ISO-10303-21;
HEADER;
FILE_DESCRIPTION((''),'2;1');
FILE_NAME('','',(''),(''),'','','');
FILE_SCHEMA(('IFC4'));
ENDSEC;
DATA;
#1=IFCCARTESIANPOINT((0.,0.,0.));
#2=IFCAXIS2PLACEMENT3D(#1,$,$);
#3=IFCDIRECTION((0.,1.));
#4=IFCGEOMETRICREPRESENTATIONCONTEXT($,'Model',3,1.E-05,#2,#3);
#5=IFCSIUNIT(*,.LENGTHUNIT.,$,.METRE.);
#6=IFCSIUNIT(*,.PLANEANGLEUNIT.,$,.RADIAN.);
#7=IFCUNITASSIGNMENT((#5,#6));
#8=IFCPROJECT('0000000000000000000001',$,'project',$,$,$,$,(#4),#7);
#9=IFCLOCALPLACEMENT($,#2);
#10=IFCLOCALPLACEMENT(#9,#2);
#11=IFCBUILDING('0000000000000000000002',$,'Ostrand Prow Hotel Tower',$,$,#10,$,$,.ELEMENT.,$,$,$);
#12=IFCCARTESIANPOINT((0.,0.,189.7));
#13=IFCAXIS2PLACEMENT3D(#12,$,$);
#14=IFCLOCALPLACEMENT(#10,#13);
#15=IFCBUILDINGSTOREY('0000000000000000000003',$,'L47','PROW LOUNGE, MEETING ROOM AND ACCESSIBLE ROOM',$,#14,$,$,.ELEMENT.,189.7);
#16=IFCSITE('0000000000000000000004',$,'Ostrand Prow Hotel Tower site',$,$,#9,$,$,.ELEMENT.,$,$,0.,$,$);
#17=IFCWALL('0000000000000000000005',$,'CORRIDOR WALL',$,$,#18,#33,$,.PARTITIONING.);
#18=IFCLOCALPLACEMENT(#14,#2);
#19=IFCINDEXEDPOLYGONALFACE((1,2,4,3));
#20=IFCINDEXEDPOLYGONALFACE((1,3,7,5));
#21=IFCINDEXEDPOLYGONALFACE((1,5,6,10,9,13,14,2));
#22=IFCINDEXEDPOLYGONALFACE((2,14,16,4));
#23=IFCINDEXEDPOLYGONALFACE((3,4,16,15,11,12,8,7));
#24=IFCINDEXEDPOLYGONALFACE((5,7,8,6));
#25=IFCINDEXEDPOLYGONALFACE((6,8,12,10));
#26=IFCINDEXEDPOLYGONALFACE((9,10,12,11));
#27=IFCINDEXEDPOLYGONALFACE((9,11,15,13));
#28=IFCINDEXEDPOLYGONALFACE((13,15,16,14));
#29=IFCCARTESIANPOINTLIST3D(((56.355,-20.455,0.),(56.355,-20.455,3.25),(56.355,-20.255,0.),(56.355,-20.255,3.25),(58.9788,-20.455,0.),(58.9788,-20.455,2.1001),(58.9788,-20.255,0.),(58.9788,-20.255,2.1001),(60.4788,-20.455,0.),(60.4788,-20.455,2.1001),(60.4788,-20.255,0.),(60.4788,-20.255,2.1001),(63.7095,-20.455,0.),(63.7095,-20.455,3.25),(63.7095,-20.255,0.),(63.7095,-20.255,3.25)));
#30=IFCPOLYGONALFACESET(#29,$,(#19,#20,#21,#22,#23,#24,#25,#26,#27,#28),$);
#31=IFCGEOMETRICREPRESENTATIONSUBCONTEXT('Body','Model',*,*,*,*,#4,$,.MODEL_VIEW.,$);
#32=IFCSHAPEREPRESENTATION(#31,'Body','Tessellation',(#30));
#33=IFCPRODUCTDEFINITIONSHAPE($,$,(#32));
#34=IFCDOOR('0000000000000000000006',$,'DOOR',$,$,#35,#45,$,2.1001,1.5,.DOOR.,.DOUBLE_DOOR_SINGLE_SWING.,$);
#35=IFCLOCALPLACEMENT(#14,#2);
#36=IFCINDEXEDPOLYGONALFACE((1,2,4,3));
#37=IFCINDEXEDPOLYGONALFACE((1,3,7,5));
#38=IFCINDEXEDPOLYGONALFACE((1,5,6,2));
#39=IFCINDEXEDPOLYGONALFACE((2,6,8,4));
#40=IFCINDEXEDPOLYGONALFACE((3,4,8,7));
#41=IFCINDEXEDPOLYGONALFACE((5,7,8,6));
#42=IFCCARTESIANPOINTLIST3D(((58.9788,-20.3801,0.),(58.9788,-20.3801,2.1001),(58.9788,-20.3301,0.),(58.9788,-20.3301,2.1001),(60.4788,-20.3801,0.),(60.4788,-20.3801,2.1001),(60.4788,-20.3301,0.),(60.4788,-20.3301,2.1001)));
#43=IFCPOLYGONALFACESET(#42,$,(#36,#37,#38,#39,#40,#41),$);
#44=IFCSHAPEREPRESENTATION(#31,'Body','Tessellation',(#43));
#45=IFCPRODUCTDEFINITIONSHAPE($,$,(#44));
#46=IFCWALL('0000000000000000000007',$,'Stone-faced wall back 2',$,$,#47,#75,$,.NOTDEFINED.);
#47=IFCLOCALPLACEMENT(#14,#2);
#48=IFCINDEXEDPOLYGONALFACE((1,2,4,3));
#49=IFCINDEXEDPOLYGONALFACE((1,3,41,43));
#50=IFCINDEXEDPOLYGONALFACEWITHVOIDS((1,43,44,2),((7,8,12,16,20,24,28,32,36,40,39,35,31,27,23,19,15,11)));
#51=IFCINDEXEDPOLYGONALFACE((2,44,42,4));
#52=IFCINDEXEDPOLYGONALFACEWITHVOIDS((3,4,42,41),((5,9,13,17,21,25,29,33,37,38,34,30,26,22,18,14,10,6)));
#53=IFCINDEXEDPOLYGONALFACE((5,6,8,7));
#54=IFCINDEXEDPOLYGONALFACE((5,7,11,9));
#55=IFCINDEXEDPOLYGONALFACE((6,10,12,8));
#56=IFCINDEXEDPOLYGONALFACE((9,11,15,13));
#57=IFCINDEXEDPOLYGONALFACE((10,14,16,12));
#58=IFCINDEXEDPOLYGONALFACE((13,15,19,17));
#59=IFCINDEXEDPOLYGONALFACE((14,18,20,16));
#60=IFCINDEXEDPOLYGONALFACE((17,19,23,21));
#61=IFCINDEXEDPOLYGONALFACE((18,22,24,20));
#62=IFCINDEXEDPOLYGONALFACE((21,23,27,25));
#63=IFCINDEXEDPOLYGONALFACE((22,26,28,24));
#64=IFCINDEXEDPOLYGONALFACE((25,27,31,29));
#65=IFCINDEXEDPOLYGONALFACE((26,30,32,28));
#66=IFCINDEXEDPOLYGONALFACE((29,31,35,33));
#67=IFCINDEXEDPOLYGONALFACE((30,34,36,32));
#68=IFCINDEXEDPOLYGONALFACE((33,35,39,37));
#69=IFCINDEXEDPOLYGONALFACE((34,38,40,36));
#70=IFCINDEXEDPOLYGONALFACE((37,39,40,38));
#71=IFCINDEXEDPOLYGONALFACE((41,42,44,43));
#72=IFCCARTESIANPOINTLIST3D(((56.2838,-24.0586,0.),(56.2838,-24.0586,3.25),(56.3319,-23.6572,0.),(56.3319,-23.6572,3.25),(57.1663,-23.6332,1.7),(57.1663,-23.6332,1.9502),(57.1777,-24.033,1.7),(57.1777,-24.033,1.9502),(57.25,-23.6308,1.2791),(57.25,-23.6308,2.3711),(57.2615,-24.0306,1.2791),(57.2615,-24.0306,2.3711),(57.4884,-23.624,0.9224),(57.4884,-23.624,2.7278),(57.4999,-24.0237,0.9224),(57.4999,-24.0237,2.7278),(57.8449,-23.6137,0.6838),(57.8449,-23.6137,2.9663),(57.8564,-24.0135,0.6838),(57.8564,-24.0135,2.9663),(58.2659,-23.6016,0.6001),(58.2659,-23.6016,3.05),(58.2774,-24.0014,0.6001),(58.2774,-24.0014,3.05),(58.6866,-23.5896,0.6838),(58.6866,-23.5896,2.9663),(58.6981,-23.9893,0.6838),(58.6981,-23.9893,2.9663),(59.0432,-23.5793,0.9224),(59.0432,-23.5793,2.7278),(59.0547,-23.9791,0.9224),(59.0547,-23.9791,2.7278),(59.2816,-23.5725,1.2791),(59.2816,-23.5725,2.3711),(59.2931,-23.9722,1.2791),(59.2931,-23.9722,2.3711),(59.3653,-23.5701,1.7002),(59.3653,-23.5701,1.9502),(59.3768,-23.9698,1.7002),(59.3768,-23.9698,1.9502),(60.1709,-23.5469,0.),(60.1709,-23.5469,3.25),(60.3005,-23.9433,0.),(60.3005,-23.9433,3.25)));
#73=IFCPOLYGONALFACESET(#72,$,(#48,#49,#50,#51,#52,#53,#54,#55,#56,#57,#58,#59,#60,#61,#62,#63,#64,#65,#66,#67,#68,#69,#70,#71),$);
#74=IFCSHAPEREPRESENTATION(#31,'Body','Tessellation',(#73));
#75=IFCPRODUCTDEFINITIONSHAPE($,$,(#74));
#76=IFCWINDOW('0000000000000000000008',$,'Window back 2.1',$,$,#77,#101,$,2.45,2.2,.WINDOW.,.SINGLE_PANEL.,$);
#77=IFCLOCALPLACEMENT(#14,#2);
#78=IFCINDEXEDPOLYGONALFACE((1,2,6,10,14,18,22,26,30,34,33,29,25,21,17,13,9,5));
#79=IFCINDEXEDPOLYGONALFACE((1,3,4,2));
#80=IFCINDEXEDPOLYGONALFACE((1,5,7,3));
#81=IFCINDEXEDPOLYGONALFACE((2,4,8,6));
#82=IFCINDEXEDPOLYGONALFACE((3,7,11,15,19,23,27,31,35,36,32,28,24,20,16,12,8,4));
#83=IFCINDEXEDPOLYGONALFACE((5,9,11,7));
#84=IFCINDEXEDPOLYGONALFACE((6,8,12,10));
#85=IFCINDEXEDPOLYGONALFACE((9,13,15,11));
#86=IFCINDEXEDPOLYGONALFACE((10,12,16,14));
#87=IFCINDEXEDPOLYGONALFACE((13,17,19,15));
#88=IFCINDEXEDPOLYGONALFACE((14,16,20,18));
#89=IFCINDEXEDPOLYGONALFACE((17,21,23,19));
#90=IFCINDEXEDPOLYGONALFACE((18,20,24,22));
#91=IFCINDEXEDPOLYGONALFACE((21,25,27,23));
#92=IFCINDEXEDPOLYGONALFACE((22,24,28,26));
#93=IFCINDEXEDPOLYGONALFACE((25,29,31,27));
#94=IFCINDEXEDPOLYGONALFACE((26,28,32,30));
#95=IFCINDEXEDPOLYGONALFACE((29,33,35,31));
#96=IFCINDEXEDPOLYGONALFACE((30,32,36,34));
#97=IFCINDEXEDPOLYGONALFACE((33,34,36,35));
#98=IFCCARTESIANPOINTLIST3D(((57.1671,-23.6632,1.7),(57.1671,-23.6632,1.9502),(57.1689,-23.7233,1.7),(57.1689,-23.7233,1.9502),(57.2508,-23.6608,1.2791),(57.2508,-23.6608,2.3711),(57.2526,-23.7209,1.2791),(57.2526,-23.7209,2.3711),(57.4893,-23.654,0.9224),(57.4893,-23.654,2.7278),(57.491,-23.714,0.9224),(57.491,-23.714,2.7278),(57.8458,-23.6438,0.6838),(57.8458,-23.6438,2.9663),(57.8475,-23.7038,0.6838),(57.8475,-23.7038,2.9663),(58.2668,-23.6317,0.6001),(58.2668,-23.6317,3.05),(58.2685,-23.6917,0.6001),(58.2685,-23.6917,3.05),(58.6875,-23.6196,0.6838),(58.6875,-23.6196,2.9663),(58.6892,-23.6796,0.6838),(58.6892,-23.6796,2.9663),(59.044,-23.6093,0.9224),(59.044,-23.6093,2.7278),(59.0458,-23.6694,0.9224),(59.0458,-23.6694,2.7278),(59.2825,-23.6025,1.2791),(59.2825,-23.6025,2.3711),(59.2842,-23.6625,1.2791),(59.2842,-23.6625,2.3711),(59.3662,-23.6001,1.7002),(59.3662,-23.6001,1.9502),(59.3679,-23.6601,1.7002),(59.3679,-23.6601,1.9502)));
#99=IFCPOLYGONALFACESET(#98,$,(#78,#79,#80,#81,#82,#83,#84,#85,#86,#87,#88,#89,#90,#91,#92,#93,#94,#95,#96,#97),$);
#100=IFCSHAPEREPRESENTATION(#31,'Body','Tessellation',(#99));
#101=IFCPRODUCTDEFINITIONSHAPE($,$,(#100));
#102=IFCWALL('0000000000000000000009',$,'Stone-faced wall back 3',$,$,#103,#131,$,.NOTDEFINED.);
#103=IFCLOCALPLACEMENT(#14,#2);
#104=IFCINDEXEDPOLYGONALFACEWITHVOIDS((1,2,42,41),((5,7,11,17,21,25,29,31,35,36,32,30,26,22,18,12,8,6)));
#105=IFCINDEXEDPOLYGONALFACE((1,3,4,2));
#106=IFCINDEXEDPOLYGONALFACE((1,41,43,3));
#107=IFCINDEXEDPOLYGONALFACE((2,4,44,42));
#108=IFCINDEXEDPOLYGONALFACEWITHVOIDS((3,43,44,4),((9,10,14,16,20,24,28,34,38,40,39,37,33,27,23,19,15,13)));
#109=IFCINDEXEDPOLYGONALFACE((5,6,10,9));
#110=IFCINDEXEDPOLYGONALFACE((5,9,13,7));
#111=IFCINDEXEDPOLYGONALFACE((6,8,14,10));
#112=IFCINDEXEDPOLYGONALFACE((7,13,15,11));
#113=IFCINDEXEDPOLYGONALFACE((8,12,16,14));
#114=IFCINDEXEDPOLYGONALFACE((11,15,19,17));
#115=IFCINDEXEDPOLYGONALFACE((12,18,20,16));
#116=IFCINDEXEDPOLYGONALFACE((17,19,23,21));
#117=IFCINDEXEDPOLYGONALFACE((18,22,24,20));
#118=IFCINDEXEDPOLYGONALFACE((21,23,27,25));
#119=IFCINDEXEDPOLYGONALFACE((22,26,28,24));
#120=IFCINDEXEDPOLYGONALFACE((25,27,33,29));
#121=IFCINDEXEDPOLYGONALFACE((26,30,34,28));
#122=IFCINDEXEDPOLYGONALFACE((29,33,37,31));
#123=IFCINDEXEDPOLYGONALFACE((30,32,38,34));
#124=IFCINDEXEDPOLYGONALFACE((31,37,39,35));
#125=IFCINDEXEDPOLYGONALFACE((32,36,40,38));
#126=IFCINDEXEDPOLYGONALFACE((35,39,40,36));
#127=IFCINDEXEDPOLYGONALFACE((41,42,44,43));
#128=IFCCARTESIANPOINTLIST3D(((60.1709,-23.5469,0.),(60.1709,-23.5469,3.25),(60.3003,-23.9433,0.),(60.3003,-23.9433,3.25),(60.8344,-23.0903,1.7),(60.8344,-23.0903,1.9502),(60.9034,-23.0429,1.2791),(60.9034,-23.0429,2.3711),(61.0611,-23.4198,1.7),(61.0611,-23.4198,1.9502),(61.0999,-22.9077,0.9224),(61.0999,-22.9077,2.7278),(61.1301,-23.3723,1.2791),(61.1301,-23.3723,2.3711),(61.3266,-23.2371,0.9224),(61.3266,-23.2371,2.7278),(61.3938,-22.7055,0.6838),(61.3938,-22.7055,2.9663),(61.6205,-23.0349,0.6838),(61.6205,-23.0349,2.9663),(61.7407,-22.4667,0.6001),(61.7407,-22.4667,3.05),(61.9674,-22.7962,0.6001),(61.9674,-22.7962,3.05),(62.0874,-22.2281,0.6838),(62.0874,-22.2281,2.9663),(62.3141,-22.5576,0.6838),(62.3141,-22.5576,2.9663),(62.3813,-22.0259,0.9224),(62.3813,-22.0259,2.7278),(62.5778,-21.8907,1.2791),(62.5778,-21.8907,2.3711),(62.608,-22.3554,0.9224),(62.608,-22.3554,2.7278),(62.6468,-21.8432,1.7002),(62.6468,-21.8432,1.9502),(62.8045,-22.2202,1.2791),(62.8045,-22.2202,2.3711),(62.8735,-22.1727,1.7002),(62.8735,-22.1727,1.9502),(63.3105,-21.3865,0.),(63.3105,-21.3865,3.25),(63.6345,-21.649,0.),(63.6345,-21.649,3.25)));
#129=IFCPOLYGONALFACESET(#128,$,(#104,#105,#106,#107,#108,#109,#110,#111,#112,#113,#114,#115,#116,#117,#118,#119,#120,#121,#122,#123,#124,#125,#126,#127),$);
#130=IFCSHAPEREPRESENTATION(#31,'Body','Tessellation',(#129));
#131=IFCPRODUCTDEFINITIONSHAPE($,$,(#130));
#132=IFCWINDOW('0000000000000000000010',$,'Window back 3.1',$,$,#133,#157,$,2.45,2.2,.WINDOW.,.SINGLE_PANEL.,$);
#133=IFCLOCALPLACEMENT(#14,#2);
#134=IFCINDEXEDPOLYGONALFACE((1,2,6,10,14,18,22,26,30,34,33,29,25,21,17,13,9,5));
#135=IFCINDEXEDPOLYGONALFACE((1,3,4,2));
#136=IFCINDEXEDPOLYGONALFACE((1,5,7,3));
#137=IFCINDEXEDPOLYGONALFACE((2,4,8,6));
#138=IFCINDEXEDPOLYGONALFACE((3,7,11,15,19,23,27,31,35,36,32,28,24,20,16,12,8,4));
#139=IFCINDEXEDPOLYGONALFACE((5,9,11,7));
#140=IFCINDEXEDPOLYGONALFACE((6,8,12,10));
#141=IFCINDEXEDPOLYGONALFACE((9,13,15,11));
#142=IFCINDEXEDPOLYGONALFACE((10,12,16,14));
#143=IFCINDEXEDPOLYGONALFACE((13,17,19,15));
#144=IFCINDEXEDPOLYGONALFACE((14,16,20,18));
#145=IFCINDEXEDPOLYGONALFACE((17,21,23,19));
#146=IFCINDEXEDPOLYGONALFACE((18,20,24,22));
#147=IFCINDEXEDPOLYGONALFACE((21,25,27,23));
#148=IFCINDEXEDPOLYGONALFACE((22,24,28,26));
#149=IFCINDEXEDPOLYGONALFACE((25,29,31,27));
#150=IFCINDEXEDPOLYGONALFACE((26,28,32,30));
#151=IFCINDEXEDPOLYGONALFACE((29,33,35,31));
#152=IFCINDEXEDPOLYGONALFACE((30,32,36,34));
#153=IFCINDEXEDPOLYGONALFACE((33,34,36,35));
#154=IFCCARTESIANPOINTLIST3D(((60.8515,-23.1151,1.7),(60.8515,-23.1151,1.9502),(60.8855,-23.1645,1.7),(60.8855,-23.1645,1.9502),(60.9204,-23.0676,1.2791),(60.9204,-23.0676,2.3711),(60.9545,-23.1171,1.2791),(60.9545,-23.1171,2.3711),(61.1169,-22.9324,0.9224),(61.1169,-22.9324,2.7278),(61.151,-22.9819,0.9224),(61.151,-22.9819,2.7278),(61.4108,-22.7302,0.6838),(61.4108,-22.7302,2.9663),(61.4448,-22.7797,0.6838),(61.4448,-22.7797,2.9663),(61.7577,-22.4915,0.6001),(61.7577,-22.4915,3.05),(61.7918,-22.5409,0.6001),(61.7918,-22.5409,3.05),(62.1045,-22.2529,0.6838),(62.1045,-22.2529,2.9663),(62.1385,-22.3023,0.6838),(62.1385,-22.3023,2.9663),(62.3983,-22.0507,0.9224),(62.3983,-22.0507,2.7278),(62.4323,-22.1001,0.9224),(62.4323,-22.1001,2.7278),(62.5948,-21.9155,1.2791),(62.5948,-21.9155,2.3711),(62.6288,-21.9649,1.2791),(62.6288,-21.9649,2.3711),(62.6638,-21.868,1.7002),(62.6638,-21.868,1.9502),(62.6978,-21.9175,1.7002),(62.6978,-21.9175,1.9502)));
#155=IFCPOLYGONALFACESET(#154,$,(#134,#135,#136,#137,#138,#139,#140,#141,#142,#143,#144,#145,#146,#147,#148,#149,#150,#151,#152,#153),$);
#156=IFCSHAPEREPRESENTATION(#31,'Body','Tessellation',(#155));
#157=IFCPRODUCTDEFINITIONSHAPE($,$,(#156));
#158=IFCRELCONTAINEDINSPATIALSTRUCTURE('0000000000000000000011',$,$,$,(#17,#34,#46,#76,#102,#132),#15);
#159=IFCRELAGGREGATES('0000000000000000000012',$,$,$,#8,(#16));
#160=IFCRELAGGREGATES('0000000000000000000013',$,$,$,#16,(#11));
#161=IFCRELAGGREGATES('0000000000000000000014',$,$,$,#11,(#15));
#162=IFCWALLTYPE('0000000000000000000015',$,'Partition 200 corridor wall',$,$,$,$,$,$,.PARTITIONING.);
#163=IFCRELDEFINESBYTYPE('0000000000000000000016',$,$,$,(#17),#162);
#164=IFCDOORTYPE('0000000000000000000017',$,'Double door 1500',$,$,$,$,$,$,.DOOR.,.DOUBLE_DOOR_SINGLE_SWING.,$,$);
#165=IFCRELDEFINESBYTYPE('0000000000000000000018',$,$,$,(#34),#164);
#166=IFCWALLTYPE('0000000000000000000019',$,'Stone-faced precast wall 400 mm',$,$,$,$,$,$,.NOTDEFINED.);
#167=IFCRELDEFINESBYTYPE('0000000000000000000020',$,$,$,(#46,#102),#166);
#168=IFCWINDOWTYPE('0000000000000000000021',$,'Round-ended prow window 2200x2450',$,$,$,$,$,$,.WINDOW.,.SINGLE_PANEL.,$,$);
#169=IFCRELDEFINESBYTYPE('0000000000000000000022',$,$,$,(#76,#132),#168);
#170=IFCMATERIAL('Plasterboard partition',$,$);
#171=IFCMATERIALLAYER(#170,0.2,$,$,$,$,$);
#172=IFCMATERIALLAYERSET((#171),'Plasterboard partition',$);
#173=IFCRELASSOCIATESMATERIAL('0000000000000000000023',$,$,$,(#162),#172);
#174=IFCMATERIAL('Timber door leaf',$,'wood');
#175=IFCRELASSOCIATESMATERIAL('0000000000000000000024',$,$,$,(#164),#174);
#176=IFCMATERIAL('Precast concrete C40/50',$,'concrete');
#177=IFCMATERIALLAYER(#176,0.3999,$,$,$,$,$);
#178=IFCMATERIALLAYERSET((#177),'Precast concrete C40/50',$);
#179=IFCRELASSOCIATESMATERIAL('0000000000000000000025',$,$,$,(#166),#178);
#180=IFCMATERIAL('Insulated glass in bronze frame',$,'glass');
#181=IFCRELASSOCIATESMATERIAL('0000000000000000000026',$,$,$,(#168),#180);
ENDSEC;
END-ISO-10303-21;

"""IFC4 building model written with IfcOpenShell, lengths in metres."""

from ifc_helpers import new_model, si_unit, direction, frame, frame_2d, origin, place, context, subcontext, project, spatial, polyline, rectangle, outline, extrude, material, layer, layer_set, type_object, element, fill, save


model = new_model("IFC4")

# Units and contexts
model_context = context("Model", 3, precision=1e-05, world=origin(), true_north=direction((0.0, 1.0)))
body_context = subcontext(model_context, "Body", "Model", "MODEL_VIEW")
ifc_project = project(units=[si_unit("LENGTHUNIT", "METRE"), si_unit("PLANEANGLEUNIT", "RADIAN")], contexts=[model_context])

# Site, building, storey
site_placement = place(None, origin())
site = spatial("IfcSite", under=ifc_project, at=site_placement, Name="Ostrand Prow Hotel Tower site", CompositionType="ELEMENT", RefElevation=0.0)
building_placement = place(site_placement, origin())
building = spatial("IfcBuilding", under=site, at=building_placement, Name="Ostrand Prow Hotel Tower", CompositionType="ELEMENT")
storey_placement = place(building_placement, frame((0.0, 0.0, 189.7)))
storey = spatial("IfcBuildingStorey", under=building, at=storey_placement, Name="L47", Description="PROW LOUNGE, MEETING ROOM AND ACCESSIBLE ROOM", CompositionType="ELEMENT", Elevation=189.7)

# Wall, opening, door
ifc_material_1 = material(Name="Plasterboard partition")
ifc_layer_1 = layer(ifc_material_1, 0.2)
ifc_layer_set_1 = layer_set([ifc_layer_1], Name="Plasterboard partition")
wall_type_1 = type_object("IfcWallType", Name="Partition 200 corridor wall", PredefinedType="PARTITIONING", material=ifc_layer_set_1)
wall_1_placement = place(storey_placement, frame((56.355, -20.355, 0.0), z_axis=(0.0, 0.0, 1.0), x_axis=(1.0, 0.0, 0.0)))
wall_1 = element("IfcWall", 1, at=wall_1_placement, inside=storey, type_object=wall_type_1, Name="CORRIDOR WALL", PredefinedType="PARTITIONING", context=body_context, shape_type="SweptSolid", body=[
    extrude(rectangle(XDim=7.3545, YDim=0.2, at=frame_2d((3.6772, 0.0))), origin(), (0.0, 0.0, 1.0), 3.25),
])
opening_1_placement = place(wall_1_placement, frame((2.6238, 0.0, 0.0)))
opening_1 = element("IfcOpeningElement", 2, at=opening_1_placement, cuts=wall_1, PredefinedType="OPENING", context=body_context, shape_type="SweptSolid", body=[
    extrude(rectangle(XDim=1.5, YDim=2.1001, at=frame_2d((0.75, 1.05))), frame((0.0, 0.1099, 0.0), z_axis=(0.0, -1.0, 0.0), x_axis=(1.0, 0.0, 0.0)), (0.0, 0.0, 1.0), 0.22),
])
ifc_material_2 = material(Name="Timber door leaf", Category="wood")
door_type_1 = type_object("IfcDoorType", Name="Double door 1500", OperationType="DOUBLE_DOOR_SINGLE_SWING", PredefinedType="DOOR", material=ifc_material_2)
door_1_placement = place(opening_1_placement, origin())
door_1 = element("IfcDoor", 3, at=door_1_placement, inside=storey, type_object=door_type_1, Name="DOOR", OperationType="DOUBLE_DOOR_SINGLE_SWING", OverallHeight=2.1001, OverallWidth=1.5, PredefinedType="DOOR", context=body_context, shape_type="SweptSolid", body=[
    extrude(rectangle(XDim=1.5, YDim=2.1001, at=frame_2d((0.75, 1.05))), frame((0.0, 0.0249, 0.0), z_axis=(0.0, -1.0, 0.0), x_axis=(1.0, 0.0, 0.0)), (0.0, 0.0, 1.0), 0.05),
])
fill(opening_1, door_1)

# Walls, openings, windows
ifc_material_3 = material(Name="Precast concrete C40/50", Category="concrete")
ifc_layer_2 = layer(ifc_material_3, 0.3999)
ifc_layer_set_2 = layer_set([ifc_layer_2], Name="Precast concrete C40/50")
wall_type_2 = type_object("IfcWallType", Name="Stone-faced precast wall 400 mm", PredefinedType="NOTDEFINED", material=ifc_layer_set_2)
wall_2_placement = place(storey_placement, frame((56.3079, -23.8579, 0.0), z_axis=(0.0, 0.0, 1.0), x_axis=(0.999588, 0.028705, 0.0)))
wall_2 = element("IfcWall", 4, at=wall_2_placement, inside=storey, type_object=wall_type_2, Name="Stone-faced wall back 2", PredefinedType="NOTDEFINED", context=body_context, shape_type="SweptSolid", body=[
    extrude(outline(polyline([(-0.0298, -0.2), (3.9885, -0.2), (3.8704, 0.2), (0.0298, 0.2), (-0.0298, -0.2)])), origin(), (0.0, 0.0, 1.0), 3.25),
])
opening_2_placement = place(wall_2_placement, frame((0.8645, 0.0, 0.6001)))
opening_2 = element("IfcOpeningElement", 5, at=opening_2_placement, cuts=wall_2, PredefinedType="OPENING", context=body_context, shape_type="SweptSolid", body=[
    extrude(outline(polyline([(0.0, 1.3501), (0.0837, 1.771), (0.3223, 2.1277), (0.679, 2.3662), (1.1001, 2.45), (1.521, 2.3662), (1.8777, 2.1277), (2.1162, 1.771), (2.2, 1.3501), (2.2, 1.1001), (2.1162, 0.679), (1.8777, 0.3223), (1.521, 0.0837), (1.1001, 0.0), (0.679, 0.0837), (0.3223, 0.3223), (0.0837, 0.679), (0.0, 1.0999), (0.0, 1.3501)])), frame((0.0, 0.21, 0.0), z_axis=(0.0, -1.0, 0.0), x_axis=(1.0, 0.0, 0.0)), (0.0, 0.0, 1.0), 0.4199),
])
ifc_material_4 = material(Name="Insulated glass in bronze frame", Category="glass")
window_type = type_object("IfcWindowType", Name="Round-ended prow window 2200x2450", PartitioningType="SINGLE_PANEL", PredefinedType="WINDOW", material=ifc_material_4)
window_1_placement = place(opening_2_placement, origin())
window_1 = element("IfcWindow", 6, at=window_1_placement, inside=storey, type_object=window_type, Name="Window back 2.1", OverallHeight=2.45, OverallWidth=2.2, PartitioningType="SINGLE_PANEL", PredefinedType="WINDOW", context=body_context, shape_type="SweptSolid", body=[
    extrude(outline(polyline([(0.0, 1.3501), (0.0837, 1.771), (0.3223, 2.1277), (0.679, 2.3662), (1.1001, 2.45), (1.521, 2.3662), (1.8777, 2.1277), (2.1162, 1.771), (2.2, 1.3501), (2.2, 1.1001), (2.1162, 0.679), (1.8777, 0.3223), (1.521, 0.0837), (1.1001, 0.0), (0.679, 0.0837), (0.3223, 0.3223), (0.0837, 0.679), (0.0, 1.0999), (0.0, 1.3501)])), frame((0.0, 0.1699, 0.0), z_axis=(0.0, -1.0, 0.0), x_axis=(1.0, 0.0, 0.0)), (0.0, 0.0, 1.0), 0.0601),
])
fill(opening_2, window_1)
wall_3_placement = place(storey_placement, frame((60.2356, -23.7451, 0.0), z_axis=(0.0, 0.0, 1.0), x_axis=(0.823806, 0.566872, 0.0)))
wall_3 = element("IfcWall", 7, at=wall_3_placement, inside=storey, type_object=wall_type_2, Name="Stone-faced wall back 3", PredefinedType="NOTDEFINED", context=body_context, shape_type="SweptSolid", body=[
    extrude(outline(polyline([(-0.0591, -0.2), (3.9883, -0.2), (3.8701, 0.2), (0.0591, 0.2), (-0.0591, -0.2)])), origin(), (0.0, 0.0, 1.0), 3.25),
])
opening_3_placement = place(wall_3_placement, frame((0.8645, 0.0, 0.6001)))
opening_3 = element("IfcOpeningElement", 8, at=opening_3_placement, cuts=wall_3, PredefinedType="OPENING", context=body_context, shape_type="SweptSolid", body=[
    extrude(outline(polyline([(0.0, 1.3501), (0.0837, 1.771), (0.3223, 2.1277), (0.679, 2.3662), (1.1001, 2.45), (1.521, 2.3662), (1.8777, 2.1277), (2.1162, 1.771), (2.2, 1.3501), (2.2, 1.1001), (2.1162, 0.679), (1.8777, 0.3223), (1.521, 0.0837), (1.1001, 0.0), (0.679, 0.0837), (0.3223, 0.3223), (0.0837, 0.679), (0.0, 1.0999), (0.0, 1.3501)])), frame((0.0, 0.21, 0.0), z_axis=(0.0, -1.0, 0.0), x_axis=(1.0, 0.0, 0.0)), (0.0, 0.0, 1.0), 0.4199),
])
window_2_placement = place(opening_3_placement, origin())
window_2 = element("IfcWindow", 9, at=window_2_placement, inside=storey, type_object=window_type, Name="Window back 3.1", OverallHeight=2.45, OverallWidth=2.2, PartitioningType="SINGLE_PANEL", PredefinedType="WINDOW", context=body_context, shape_type="SweptSolid", body=[
    extrude(outline(polyline([(0.0, 1.3501), (0.0837, 1.771), (0.3223, 2.1277), (0.679, 2.3662), (1.1001, 2.45), (1.521, 2.3662), (1.8777, 2.1277), (2.1162, 1.771), (2.2, 1.3501), (2.2, 1.1001), (2.1162, 0.679), (1.8777, 0.3223), (1.521, 0.0837), (1.1001, 0.0), (0.679, 0.0837), (0.3223, 0.3223), (0.0837, 0.679), (0.0, 1.0999), (0.0, 1.3501)])), frame((0.0, 0.1699, 0.0), z_axis=(0.0, -1.0, 0.0), x_axis=(1.0, 0.0, 0.0)), (0.0, 0.0, 1.0), 0.0601),
])
fill(opening_3, window_2)

save(model, "model.ifc")
